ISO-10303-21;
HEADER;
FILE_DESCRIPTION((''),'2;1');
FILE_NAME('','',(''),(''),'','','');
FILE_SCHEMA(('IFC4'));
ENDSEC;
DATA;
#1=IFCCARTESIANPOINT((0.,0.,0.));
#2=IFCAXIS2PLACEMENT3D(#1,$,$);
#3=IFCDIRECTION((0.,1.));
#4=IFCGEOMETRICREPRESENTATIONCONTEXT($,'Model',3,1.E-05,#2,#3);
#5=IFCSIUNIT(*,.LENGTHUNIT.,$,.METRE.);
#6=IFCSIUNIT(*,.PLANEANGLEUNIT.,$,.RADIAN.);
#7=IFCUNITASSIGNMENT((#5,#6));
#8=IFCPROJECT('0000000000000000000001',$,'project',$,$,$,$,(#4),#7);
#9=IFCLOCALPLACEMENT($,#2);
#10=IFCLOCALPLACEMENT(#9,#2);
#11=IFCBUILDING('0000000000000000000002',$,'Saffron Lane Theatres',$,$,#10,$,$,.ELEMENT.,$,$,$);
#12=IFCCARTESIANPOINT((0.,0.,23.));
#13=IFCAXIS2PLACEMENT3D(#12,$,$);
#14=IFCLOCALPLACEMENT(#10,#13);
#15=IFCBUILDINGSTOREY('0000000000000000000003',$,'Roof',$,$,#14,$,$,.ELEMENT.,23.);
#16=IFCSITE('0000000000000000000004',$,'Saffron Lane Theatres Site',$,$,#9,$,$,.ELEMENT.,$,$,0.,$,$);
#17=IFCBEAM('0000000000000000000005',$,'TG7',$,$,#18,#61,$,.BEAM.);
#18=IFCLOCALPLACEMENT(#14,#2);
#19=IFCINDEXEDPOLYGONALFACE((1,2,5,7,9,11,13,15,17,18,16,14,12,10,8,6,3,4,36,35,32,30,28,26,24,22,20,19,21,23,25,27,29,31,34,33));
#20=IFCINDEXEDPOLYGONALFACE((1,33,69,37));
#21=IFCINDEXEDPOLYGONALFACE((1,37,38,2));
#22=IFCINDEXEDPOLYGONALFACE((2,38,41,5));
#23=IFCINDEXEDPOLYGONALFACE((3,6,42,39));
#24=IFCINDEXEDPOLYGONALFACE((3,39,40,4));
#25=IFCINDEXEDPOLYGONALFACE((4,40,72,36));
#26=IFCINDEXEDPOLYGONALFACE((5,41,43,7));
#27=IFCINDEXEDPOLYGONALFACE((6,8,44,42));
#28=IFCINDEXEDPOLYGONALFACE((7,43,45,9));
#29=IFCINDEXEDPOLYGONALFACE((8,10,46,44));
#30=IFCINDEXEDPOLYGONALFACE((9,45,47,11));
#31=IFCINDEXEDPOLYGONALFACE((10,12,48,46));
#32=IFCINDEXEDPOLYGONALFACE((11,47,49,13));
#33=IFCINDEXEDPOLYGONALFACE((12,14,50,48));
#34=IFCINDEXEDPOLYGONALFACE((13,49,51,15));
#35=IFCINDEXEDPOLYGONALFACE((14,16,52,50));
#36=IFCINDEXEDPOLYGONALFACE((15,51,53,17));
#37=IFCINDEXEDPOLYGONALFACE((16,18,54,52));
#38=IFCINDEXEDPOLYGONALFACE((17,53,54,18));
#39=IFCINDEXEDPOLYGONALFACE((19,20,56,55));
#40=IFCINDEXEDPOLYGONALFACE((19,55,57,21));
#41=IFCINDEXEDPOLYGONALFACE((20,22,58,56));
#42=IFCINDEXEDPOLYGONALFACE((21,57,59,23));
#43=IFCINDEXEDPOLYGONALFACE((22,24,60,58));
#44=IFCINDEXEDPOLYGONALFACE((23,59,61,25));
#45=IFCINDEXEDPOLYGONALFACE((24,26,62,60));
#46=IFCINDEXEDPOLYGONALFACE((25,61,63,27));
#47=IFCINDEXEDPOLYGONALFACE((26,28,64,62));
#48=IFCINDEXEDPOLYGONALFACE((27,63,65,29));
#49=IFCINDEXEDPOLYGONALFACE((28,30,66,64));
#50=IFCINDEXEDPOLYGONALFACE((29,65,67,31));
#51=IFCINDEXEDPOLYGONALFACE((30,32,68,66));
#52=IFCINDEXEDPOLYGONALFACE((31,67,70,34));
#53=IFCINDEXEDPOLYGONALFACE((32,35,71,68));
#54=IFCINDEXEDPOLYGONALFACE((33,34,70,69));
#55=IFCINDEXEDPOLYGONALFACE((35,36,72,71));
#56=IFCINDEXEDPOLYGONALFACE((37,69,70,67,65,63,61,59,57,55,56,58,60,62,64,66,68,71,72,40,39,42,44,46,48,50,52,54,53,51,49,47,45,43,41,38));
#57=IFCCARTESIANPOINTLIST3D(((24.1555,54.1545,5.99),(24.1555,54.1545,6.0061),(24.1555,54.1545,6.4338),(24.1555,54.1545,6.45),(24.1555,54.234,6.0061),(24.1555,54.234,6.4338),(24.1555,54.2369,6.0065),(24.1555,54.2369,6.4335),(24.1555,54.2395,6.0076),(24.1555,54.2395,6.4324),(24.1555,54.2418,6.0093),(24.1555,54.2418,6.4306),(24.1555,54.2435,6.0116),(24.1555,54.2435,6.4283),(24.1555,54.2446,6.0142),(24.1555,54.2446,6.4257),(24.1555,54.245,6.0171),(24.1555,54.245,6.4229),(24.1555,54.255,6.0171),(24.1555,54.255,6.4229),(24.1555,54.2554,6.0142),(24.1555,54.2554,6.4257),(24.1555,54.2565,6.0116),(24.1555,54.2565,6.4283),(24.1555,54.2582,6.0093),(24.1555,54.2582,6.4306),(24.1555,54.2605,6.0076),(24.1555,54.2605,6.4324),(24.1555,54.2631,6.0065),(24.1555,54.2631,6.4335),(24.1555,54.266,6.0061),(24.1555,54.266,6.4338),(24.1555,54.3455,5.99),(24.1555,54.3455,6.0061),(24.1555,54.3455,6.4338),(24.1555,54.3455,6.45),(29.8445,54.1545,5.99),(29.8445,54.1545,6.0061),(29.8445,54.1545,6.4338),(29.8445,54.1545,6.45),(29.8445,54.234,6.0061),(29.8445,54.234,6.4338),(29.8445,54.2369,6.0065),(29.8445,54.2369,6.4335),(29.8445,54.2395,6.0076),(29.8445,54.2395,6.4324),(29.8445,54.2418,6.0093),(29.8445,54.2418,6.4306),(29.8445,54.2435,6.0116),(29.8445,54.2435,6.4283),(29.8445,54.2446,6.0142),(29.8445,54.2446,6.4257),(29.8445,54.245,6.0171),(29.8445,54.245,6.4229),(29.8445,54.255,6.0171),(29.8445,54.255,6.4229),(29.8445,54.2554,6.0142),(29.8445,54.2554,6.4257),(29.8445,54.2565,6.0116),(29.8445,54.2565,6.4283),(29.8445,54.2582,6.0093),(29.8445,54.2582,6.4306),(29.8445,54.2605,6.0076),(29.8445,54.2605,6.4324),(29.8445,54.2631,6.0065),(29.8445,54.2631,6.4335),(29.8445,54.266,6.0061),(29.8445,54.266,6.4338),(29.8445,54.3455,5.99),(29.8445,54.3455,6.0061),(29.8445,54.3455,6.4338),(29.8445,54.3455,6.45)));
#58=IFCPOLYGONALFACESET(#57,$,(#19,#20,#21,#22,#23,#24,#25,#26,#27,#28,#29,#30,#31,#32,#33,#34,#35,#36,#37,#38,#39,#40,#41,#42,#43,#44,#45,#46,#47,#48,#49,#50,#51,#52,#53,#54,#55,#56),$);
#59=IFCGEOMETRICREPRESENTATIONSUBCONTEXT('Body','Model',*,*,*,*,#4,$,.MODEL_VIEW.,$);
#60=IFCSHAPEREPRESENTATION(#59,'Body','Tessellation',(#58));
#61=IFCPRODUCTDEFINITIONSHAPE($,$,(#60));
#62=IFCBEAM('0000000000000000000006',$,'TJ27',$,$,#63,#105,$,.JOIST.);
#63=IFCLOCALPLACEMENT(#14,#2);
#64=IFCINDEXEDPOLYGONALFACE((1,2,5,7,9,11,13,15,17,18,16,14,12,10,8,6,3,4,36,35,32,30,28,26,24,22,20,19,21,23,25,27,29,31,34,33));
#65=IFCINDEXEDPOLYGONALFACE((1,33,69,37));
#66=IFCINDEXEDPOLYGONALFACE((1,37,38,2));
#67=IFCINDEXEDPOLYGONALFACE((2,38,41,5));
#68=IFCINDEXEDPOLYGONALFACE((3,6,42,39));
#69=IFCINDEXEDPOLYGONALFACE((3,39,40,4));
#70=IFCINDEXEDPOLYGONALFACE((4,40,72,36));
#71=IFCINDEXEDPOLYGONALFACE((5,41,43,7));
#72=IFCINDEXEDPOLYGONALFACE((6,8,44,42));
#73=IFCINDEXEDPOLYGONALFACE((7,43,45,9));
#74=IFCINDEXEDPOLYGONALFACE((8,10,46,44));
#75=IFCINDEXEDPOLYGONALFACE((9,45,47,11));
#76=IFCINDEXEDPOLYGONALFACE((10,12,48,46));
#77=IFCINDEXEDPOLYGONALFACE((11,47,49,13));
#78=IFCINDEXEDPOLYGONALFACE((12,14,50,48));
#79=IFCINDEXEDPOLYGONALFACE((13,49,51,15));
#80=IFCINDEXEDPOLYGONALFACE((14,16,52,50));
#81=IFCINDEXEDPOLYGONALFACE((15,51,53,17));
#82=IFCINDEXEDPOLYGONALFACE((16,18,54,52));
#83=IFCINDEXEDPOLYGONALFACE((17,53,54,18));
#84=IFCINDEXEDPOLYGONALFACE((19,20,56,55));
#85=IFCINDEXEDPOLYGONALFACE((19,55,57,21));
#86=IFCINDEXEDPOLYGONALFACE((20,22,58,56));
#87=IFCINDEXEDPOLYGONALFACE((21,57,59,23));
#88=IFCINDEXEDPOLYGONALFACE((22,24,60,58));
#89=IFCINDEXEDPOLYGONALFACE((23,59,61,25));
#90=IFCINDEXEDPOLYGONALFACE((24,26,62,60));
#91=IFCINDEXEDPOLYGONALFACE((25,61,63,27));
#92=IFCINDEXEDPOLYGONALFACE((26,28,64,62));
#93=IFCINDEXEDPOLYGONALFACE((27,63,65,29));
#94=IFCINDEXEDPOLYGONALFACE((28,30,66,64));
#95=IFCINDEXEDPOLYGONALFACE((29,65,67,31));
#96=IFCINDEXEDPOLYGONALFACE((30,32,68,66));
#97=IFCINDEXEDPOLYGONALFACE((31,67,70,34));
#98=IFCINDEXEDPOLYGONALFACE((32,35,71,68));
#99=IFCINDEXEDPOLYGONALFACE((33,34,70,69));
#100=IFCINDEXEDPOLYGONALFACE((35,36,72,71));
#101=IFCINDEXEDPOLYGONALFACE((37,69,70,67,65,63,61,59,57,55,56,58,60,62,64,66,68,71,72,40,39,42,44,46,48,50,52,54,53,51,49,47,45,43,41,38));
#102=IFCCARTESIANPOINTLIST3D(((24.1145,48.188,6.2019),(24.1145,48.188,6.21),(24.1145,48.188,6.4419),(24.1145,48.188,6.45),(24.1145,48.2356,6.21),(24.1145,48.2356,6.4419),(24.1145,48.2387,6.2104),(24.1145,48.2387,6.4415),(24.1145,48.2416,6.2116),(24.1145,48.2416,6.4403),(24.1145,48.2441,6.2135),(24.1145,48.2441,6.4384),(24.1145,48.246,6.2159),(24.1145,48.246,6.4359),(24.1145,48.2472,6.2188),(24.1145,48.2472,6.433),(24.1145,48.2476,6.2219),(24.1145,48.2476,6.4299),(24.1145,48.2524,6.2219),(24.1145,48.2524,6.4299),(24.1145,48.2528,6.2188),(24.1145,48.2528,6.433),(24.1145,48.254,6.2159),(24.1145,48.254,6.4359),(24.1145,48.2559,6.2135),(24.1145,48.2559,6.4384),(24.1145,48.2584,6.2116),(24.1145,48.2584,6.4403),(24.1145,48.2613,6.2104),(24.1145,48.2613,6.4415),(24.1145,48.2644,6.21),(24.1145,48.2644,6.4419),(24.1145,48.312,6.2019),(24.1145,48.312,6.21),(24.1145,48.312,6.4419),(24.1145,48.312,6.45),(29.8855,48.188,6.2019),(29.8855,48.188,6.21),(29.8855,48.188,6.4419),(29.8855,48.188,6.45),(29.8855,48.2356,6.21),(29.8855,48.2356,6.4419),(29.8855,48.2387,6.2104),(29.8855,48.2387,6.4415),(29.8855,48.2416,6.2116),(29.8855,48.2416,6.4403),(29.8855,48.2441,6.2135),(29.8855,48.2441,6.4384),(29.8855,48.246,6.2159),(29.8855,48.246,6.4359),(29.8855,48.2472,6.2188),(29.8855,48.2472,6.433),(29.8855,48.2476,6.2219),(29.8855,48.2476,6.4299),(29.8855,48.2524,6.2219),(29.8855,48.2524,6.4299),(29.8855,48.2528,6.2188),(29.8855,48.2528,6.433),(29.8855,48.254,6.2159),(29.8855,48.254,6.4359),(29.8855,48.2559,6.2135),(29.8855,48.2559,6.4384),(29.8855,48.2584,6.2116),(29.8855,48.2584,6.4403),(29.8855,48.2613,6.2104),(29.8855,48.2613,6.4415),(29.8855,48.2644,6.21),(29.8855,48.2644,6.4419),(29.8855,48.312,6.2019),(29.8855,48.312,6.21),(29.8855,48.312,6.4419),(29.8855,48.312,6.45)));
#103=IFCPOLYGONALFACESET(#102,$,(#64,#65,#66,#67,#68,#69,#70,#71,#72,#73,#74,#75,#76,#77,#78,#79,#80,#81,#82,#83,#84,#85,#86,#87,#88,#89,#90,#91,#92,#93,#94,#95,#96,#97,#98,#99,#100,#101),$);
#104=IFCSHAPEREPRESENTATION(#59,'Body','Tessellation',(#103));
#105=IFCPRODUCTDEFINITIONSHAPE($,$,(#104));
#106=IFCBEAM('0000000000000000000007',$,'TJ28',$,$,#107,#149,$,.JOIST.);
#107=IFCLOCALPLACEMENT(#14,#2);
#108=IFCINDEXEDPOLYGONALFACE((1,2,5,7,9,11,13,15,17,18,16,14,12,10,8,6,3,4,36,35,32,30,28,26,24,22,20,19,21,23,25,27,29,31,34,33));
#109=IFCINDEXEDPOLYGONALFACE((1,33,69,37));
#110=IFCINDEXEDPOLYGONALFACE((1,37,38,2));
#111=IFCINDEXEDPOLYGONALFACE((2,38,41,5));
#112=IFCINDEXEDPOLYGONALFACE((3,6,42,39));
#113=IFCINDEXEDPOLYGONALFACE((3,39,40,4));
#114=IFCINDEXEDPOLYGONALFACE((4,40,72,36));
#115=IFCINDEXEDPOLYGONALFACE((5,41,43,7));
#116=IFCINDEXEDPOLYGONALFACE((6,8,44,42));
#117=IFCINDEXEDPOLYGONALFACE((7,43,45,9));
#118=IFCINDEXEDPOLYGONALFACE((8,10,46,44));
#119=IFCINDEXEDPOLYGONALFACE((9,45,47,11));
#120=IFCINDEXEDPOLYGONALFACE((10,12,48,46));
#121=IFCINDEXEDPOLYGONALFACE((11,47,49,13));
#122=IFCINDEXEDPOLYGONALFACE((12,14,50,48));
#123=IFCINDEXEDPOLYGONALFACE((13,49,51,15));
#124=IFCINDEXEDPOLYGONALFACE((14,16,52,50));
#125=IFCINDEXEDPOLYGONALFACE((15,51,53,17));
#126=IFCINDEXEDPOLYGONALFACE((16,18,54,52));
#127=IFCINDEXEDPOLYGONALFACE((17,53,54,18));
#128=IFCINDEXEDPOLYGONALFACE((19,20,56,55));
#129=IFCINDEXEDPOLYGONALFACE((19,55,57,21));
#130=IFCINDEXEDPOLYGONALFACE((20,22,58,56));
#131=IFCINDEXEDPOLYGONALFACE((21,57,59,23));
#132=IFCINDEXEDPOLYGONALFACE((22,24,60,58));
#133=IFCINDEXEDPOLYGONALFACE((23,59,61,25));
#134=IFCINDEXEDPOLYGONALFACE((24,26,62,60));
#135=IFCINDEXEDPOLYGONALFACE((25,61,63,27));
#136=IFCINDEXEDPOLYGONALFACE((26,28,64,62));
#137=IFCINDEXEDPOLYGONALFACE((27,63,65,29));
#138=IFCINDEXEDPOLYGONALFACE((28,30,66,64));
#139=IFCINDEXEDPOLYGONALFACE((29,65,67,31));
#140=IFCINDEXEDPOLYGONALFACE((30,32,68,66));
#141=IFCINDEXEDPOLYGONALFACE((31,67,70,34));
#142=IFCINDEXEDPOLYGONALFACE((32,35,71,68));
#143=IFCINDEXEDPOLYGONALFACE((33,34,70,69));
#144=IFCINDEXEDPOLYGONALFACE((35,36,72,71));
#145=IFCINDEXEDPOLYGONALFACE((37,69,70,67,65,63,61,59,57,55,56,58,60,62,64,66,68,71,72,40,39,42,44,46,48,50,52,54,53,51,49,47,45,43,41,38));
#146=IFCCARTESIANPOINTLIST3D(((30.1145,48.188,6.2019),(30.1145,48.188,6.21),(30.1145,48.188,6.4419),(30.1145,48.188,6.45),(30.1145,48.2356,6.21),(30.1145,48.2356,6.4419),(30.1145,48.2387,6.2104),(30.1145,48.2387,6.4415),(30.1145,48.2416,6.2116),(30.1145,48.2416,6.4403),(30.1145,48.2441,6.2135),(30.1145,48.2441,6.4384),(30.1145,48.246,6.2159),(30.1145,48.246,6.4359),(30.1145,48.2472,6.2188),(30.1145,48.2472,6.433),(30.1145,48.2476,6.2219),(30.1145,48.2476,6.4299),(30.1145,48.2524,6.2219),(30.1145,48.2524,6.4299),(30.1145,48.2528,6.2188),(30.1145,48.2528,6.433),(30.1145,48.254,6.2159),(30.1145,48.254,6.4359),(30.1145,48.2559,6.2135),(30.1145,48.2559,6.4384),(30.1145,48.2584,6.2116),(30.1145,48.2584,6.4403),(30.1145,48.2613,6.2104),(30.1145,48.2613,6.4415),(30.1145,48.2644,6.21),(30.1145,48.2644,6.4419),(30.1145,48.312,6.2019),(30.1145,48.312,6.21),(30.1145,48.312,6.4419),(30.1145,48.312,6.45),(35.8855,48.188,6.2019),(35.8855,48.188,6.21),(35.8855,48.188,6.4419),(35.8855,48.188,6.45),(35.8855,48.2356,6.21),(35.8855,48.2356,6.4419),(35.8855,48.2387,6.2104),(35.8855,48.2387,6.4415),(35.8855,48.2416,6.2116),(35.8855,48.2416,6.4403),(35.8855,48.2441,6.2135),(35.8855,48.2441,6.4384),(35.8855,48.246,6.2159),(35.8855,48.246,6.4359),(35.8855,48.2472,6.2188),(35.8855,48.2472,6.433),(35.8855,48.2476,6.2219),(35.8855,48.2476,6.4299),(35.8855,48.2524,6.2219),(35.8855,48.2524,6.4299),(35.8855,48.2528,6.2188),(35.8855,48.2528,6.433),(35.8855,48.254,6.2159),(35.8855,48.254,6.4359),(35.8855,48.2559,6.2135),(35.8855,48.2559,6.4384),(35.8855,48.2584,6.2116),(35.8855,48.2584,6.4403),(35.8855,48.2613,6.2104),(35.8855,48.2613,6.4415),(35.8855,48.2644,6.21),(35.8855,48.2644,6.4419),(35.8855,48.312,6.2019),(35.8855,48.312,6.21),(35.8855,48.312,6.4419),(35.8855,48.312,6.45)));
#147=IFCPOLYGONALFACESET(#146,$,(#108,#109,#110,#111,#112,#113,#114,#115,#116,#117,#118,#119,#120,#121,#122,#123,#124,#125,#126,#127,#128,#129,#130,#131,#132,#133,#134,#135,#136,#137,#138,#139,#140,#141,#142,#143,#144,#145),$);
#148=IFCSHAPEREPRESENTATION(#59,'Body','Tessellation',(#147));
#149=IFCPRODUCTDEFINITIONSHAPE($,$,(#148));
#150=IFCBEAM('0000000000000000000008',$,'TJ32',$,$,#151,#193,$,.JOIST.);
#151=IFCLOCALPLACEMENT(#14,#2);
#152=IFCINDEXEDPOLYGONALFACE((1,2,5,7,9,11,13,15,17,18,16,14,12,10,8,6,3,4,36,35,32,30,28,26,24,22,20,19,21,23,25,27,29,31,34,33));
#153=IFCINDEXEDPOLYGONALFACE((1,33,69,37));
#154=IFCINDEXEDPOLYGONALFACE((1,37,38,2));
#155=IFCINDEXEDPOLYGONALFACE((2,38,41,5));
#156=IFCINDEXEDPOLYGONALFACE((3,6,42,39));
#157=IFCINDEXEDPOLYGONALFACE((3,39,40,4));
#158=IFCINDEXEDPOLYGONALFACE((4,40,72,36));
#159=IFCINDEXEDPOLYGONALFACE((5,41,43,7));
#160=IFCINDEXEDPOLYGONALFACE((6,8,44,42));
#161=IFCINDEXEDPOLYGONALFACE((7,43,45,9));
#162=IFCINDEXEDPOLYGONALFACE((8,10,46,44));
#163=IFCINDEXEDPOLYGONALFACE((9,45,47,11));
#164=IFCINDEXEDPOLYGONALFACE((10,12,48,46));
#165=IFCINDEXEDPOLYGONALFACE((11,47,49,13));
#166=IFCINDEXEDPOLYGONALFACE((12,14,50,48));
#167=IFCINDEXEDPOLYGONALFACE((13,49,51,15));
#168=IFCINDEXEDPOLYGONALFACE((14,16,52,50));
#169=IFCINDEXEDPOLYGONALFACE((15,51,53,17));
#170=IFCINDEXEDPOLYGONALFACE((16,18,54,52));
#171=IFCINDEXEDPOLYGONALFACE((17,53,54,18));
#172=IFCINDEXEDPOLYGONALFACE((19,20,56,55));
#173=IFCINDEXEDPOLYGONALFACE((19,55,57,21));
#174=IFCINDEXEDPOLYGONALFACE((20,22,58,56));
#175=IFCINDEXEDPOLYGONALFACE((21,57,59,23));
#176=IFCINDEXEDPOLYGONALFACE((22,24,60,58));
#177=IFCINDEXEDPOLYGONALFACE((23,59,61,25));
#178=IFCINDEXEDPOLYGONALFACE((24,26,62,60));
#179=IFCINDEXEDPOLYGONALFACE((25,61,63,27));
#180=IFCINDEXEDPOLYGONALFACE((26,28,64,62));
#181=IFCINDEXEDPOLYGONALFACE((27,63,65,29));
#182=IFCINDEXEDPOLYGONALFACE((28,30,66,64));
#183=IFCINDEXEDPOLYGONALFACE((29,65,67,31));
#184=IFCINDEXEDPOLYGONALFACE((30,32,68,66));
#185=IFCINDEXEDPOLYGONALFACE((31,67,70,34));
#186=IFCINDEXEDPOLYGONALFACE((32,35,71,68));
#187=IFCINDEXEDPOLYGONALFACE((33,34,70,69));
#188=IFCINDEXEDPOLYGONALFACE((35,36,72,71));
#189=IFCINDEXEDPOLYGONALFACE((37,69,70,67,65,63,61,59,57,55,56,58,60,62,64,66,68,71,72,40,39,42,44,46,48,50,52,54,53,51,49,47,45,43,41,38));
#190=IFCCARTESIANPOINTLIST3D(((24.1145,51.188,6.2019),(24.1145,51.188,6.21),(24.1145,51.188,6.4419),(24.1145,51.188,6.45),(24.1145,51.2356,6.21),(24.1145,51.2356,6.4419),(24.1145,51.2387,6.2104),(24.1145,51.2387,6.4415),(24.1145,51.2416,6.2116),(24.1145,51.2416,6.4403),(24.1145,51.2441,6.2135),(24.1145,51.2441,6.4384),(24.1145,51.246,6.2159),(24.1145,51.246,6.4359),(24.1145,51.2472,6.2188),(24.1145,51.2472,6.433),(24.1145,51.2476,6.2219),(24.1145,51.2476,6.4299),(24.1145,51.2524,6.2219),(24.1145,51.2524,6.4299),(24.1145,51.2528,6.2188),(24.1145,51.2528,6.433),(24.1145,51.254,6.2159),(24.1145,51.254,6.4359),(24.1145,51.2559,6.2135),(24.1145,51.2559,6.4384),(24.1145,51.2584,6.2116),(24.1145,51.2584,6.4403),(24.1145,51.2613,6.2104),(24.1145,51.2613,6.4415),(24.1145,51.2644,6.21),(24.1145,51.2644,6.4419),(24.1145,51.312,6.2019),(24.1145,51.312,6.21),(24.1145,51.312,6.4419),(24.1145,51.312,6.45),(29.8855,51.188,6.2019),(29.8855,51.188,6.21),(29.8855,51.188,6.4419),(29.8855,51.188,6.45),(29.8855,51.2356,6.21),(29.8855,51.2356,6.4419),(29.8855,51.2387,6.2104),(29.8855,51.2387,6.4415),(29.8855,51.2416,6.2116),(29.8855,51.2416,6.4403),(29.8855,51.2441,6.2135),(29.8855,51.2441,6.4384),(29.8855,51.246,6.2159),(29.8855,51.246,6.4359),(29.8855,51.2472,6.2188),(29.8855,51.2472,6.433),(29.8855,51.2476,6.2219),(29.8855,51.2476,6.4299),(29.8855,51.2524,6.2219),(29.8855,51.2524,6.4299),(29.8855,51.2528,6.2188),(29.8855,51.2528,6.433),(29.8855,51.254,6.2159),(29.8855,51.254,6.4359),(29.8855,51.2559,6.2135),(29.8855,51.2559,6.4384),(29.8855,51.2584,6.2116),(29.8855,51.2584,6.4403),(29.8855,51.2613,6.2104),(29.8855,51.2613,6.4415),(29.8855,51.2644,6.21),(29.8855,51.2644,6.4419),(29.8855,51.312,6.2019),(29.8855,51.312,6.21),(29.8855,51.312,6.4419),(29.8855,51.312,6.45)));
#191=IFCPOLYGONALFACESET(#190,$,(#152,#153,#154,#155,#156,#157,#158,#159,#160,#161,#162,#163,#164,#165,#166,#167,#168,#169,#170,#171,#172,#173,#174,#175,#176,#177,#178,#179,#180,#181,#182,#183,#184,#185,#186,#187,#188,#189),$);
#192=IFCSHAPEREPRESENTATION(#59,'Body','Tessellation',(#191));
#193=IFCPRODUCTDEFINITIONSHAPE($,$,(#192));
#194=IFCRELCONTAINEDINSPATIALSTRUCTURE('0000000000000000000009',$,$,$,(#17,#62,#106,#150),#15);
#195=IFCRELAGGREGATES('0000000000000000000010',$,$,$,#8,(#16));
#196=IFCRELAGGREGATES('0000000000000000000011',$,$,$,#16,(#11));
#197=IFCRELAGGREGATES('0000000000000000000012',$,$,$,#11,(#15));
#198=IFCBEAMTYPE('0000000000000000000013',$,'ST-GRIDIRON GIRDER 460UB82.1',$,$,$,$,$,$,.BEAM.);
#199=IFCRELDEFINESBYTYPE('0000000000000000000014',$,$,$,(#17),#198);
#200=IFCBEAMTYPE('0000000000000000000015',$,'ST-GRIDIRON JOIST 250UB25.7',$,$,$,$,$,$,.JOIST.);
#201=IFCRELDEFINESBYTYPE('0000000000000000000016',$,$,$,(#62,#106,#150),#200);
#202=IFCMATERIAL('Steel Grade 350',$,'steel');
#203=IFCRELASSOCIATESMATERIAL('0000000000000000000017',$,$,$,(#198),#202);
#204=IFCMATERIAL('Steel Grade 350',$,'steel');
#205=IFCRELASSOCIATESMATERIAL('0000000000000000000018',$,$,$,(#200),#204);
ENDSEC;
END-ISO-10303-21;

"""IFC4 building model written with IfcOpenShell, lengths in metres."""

from ifc_helpers import new_model, si_unit, direction, frame, origin, origin_2d, place, context, subcontext, project, spatial, i_section, extrude, material, material_profile, profile_set, type_object, element, save


model = new_model("IFC4")

# Units and contexts
model_context = context("Model", 3, precision=1e-05, world=origin(), true_north=direction((0.0, 1.0)))
body_context = subcontext(model_context, "Body", "Model", "MODEL_VIEW")
ifc_project = project(units=[si_unit("LENGTHUNIT", "METRE"), si_unit("PLANEANGLEUNIT", "RADIAN")], contexts=[model_context])

# Site, building, storey
site_placement = place(None, origin())
site = spatial("IfcSite", under=ifc_project, at=site_placement, Name="Saffron Lane Theatres Site", CompositionType="ELEMENT", RefElevation=0.0)
building_placement = place(site_placement, origin())
building = spatial("IfcBuilding", under=site, at=building_placement, Name="Saffron Lane Theatres", CompositionType="ELEMENT")
storey_placement = place(building_placement, frame((0.0, 0.0, 23.0)))
storey = spatial("IfcBuildingStorey", under=building, at=storey_placement, Name="Roof", CompositionType="ELEMENT", Elevation=23.0)

# Beams
ifc_material_1 = material(Name="Steel Grade 350", Category="steel")
ifc_material_profile_1 = material_profile(ifc_material_1, i_section(OverallWidth=0.1909, OverallDepth=0.46, WebThickness=0.01, FlangeThickness=0.0161, FilletRadius=0.011, at=origin_2d()))
ifc_profile_set_1 = profile_set([ifc_material_profile_1], Name="Steel Grade 350")
beam_type_1 = type_object("IfcBeamType", Name="ST-GRIDIRON GIRDER 460UB82.1", PredefinedType="BEAM", material=ifc_profile_set_1)
beam_placement = place(storey_placement, frame((24.1555, 54.25, 6.22), z_axis=(1.0, 0.0, 0.0), x_axis=(0.0, 1.0, 0.0)))
element("IfcBeam", 1, at=beam_placement, inside=storey, type_object=beam_type_1, Name="TG7", PredefinedType="BEAM", context=body_context, shape_type="SweptSolid", body=[
    extrude(i_section(OverallWidth=0.1909, OverallDepth=0.46, WebThickness=0.01, FlangeThickness=0.0161, FilletRadius=0.011, at=origin_2d()), origin(), (0.0, 0.0, 1.0), 5.689),
])
ifc_material_2 = material(Name="Steel Grade 350", Category="steel")
ifc_material_profile_2 = material_profile(ifc_material_2, i_section(OverallWidth=0.124, OverallDepth=0.248, WebThickness=0.0049, FlangeThickness=0.0081, FilletRadius=0.012, at=origin_2d()))
ifc_profile_set_2 = profile_set([ifc_material_profile_2], Name="Steel Grade 350")
beam_type_2 = type_object("IfcBeamType", Name="ST-GRIDIRON JOIST 250UB25.7", PredefinedType="JOIST", material=ifc_profile_set_2)
for number, where, z_axis, x_axis, name in (
    (2, (24.1145, 48.25, 6.3259), (1.0, 0.0, 0.0), (0.0, 1.0, 0.0), "TJ27"),
    (3, (30.1145, 48.25, 6.3259), (1.0, 0.0, 0.0), (0.0, 1.0, 0.0), "TJ28"),
    (4, (24.1145, 51.25, 6.3259), (1.0, 0.0, 0.0), (0.0, 1.0, 0.0), "TJ32"),
):
    element("IfcBeam", number, at=place(storey_placement, frame(where, z_axis=z_axis, x_axis=x_axis)), inside=storey, type_object=beam_type_2, Name=name, PredefinedType="JOIST", context=body_context, shape_type="SweptSolid", body=[
        extrude(i_section(OverallWidth=0.124, OverallDepth=0.248, WebThickness=0.0049, FlangeThickness=0.0081, FilletRadius=0.012, at=origin_2d()), origin(), (0.0, 0.0, 1.0), 5.771),
    ])

save(model, "model.ifc")
